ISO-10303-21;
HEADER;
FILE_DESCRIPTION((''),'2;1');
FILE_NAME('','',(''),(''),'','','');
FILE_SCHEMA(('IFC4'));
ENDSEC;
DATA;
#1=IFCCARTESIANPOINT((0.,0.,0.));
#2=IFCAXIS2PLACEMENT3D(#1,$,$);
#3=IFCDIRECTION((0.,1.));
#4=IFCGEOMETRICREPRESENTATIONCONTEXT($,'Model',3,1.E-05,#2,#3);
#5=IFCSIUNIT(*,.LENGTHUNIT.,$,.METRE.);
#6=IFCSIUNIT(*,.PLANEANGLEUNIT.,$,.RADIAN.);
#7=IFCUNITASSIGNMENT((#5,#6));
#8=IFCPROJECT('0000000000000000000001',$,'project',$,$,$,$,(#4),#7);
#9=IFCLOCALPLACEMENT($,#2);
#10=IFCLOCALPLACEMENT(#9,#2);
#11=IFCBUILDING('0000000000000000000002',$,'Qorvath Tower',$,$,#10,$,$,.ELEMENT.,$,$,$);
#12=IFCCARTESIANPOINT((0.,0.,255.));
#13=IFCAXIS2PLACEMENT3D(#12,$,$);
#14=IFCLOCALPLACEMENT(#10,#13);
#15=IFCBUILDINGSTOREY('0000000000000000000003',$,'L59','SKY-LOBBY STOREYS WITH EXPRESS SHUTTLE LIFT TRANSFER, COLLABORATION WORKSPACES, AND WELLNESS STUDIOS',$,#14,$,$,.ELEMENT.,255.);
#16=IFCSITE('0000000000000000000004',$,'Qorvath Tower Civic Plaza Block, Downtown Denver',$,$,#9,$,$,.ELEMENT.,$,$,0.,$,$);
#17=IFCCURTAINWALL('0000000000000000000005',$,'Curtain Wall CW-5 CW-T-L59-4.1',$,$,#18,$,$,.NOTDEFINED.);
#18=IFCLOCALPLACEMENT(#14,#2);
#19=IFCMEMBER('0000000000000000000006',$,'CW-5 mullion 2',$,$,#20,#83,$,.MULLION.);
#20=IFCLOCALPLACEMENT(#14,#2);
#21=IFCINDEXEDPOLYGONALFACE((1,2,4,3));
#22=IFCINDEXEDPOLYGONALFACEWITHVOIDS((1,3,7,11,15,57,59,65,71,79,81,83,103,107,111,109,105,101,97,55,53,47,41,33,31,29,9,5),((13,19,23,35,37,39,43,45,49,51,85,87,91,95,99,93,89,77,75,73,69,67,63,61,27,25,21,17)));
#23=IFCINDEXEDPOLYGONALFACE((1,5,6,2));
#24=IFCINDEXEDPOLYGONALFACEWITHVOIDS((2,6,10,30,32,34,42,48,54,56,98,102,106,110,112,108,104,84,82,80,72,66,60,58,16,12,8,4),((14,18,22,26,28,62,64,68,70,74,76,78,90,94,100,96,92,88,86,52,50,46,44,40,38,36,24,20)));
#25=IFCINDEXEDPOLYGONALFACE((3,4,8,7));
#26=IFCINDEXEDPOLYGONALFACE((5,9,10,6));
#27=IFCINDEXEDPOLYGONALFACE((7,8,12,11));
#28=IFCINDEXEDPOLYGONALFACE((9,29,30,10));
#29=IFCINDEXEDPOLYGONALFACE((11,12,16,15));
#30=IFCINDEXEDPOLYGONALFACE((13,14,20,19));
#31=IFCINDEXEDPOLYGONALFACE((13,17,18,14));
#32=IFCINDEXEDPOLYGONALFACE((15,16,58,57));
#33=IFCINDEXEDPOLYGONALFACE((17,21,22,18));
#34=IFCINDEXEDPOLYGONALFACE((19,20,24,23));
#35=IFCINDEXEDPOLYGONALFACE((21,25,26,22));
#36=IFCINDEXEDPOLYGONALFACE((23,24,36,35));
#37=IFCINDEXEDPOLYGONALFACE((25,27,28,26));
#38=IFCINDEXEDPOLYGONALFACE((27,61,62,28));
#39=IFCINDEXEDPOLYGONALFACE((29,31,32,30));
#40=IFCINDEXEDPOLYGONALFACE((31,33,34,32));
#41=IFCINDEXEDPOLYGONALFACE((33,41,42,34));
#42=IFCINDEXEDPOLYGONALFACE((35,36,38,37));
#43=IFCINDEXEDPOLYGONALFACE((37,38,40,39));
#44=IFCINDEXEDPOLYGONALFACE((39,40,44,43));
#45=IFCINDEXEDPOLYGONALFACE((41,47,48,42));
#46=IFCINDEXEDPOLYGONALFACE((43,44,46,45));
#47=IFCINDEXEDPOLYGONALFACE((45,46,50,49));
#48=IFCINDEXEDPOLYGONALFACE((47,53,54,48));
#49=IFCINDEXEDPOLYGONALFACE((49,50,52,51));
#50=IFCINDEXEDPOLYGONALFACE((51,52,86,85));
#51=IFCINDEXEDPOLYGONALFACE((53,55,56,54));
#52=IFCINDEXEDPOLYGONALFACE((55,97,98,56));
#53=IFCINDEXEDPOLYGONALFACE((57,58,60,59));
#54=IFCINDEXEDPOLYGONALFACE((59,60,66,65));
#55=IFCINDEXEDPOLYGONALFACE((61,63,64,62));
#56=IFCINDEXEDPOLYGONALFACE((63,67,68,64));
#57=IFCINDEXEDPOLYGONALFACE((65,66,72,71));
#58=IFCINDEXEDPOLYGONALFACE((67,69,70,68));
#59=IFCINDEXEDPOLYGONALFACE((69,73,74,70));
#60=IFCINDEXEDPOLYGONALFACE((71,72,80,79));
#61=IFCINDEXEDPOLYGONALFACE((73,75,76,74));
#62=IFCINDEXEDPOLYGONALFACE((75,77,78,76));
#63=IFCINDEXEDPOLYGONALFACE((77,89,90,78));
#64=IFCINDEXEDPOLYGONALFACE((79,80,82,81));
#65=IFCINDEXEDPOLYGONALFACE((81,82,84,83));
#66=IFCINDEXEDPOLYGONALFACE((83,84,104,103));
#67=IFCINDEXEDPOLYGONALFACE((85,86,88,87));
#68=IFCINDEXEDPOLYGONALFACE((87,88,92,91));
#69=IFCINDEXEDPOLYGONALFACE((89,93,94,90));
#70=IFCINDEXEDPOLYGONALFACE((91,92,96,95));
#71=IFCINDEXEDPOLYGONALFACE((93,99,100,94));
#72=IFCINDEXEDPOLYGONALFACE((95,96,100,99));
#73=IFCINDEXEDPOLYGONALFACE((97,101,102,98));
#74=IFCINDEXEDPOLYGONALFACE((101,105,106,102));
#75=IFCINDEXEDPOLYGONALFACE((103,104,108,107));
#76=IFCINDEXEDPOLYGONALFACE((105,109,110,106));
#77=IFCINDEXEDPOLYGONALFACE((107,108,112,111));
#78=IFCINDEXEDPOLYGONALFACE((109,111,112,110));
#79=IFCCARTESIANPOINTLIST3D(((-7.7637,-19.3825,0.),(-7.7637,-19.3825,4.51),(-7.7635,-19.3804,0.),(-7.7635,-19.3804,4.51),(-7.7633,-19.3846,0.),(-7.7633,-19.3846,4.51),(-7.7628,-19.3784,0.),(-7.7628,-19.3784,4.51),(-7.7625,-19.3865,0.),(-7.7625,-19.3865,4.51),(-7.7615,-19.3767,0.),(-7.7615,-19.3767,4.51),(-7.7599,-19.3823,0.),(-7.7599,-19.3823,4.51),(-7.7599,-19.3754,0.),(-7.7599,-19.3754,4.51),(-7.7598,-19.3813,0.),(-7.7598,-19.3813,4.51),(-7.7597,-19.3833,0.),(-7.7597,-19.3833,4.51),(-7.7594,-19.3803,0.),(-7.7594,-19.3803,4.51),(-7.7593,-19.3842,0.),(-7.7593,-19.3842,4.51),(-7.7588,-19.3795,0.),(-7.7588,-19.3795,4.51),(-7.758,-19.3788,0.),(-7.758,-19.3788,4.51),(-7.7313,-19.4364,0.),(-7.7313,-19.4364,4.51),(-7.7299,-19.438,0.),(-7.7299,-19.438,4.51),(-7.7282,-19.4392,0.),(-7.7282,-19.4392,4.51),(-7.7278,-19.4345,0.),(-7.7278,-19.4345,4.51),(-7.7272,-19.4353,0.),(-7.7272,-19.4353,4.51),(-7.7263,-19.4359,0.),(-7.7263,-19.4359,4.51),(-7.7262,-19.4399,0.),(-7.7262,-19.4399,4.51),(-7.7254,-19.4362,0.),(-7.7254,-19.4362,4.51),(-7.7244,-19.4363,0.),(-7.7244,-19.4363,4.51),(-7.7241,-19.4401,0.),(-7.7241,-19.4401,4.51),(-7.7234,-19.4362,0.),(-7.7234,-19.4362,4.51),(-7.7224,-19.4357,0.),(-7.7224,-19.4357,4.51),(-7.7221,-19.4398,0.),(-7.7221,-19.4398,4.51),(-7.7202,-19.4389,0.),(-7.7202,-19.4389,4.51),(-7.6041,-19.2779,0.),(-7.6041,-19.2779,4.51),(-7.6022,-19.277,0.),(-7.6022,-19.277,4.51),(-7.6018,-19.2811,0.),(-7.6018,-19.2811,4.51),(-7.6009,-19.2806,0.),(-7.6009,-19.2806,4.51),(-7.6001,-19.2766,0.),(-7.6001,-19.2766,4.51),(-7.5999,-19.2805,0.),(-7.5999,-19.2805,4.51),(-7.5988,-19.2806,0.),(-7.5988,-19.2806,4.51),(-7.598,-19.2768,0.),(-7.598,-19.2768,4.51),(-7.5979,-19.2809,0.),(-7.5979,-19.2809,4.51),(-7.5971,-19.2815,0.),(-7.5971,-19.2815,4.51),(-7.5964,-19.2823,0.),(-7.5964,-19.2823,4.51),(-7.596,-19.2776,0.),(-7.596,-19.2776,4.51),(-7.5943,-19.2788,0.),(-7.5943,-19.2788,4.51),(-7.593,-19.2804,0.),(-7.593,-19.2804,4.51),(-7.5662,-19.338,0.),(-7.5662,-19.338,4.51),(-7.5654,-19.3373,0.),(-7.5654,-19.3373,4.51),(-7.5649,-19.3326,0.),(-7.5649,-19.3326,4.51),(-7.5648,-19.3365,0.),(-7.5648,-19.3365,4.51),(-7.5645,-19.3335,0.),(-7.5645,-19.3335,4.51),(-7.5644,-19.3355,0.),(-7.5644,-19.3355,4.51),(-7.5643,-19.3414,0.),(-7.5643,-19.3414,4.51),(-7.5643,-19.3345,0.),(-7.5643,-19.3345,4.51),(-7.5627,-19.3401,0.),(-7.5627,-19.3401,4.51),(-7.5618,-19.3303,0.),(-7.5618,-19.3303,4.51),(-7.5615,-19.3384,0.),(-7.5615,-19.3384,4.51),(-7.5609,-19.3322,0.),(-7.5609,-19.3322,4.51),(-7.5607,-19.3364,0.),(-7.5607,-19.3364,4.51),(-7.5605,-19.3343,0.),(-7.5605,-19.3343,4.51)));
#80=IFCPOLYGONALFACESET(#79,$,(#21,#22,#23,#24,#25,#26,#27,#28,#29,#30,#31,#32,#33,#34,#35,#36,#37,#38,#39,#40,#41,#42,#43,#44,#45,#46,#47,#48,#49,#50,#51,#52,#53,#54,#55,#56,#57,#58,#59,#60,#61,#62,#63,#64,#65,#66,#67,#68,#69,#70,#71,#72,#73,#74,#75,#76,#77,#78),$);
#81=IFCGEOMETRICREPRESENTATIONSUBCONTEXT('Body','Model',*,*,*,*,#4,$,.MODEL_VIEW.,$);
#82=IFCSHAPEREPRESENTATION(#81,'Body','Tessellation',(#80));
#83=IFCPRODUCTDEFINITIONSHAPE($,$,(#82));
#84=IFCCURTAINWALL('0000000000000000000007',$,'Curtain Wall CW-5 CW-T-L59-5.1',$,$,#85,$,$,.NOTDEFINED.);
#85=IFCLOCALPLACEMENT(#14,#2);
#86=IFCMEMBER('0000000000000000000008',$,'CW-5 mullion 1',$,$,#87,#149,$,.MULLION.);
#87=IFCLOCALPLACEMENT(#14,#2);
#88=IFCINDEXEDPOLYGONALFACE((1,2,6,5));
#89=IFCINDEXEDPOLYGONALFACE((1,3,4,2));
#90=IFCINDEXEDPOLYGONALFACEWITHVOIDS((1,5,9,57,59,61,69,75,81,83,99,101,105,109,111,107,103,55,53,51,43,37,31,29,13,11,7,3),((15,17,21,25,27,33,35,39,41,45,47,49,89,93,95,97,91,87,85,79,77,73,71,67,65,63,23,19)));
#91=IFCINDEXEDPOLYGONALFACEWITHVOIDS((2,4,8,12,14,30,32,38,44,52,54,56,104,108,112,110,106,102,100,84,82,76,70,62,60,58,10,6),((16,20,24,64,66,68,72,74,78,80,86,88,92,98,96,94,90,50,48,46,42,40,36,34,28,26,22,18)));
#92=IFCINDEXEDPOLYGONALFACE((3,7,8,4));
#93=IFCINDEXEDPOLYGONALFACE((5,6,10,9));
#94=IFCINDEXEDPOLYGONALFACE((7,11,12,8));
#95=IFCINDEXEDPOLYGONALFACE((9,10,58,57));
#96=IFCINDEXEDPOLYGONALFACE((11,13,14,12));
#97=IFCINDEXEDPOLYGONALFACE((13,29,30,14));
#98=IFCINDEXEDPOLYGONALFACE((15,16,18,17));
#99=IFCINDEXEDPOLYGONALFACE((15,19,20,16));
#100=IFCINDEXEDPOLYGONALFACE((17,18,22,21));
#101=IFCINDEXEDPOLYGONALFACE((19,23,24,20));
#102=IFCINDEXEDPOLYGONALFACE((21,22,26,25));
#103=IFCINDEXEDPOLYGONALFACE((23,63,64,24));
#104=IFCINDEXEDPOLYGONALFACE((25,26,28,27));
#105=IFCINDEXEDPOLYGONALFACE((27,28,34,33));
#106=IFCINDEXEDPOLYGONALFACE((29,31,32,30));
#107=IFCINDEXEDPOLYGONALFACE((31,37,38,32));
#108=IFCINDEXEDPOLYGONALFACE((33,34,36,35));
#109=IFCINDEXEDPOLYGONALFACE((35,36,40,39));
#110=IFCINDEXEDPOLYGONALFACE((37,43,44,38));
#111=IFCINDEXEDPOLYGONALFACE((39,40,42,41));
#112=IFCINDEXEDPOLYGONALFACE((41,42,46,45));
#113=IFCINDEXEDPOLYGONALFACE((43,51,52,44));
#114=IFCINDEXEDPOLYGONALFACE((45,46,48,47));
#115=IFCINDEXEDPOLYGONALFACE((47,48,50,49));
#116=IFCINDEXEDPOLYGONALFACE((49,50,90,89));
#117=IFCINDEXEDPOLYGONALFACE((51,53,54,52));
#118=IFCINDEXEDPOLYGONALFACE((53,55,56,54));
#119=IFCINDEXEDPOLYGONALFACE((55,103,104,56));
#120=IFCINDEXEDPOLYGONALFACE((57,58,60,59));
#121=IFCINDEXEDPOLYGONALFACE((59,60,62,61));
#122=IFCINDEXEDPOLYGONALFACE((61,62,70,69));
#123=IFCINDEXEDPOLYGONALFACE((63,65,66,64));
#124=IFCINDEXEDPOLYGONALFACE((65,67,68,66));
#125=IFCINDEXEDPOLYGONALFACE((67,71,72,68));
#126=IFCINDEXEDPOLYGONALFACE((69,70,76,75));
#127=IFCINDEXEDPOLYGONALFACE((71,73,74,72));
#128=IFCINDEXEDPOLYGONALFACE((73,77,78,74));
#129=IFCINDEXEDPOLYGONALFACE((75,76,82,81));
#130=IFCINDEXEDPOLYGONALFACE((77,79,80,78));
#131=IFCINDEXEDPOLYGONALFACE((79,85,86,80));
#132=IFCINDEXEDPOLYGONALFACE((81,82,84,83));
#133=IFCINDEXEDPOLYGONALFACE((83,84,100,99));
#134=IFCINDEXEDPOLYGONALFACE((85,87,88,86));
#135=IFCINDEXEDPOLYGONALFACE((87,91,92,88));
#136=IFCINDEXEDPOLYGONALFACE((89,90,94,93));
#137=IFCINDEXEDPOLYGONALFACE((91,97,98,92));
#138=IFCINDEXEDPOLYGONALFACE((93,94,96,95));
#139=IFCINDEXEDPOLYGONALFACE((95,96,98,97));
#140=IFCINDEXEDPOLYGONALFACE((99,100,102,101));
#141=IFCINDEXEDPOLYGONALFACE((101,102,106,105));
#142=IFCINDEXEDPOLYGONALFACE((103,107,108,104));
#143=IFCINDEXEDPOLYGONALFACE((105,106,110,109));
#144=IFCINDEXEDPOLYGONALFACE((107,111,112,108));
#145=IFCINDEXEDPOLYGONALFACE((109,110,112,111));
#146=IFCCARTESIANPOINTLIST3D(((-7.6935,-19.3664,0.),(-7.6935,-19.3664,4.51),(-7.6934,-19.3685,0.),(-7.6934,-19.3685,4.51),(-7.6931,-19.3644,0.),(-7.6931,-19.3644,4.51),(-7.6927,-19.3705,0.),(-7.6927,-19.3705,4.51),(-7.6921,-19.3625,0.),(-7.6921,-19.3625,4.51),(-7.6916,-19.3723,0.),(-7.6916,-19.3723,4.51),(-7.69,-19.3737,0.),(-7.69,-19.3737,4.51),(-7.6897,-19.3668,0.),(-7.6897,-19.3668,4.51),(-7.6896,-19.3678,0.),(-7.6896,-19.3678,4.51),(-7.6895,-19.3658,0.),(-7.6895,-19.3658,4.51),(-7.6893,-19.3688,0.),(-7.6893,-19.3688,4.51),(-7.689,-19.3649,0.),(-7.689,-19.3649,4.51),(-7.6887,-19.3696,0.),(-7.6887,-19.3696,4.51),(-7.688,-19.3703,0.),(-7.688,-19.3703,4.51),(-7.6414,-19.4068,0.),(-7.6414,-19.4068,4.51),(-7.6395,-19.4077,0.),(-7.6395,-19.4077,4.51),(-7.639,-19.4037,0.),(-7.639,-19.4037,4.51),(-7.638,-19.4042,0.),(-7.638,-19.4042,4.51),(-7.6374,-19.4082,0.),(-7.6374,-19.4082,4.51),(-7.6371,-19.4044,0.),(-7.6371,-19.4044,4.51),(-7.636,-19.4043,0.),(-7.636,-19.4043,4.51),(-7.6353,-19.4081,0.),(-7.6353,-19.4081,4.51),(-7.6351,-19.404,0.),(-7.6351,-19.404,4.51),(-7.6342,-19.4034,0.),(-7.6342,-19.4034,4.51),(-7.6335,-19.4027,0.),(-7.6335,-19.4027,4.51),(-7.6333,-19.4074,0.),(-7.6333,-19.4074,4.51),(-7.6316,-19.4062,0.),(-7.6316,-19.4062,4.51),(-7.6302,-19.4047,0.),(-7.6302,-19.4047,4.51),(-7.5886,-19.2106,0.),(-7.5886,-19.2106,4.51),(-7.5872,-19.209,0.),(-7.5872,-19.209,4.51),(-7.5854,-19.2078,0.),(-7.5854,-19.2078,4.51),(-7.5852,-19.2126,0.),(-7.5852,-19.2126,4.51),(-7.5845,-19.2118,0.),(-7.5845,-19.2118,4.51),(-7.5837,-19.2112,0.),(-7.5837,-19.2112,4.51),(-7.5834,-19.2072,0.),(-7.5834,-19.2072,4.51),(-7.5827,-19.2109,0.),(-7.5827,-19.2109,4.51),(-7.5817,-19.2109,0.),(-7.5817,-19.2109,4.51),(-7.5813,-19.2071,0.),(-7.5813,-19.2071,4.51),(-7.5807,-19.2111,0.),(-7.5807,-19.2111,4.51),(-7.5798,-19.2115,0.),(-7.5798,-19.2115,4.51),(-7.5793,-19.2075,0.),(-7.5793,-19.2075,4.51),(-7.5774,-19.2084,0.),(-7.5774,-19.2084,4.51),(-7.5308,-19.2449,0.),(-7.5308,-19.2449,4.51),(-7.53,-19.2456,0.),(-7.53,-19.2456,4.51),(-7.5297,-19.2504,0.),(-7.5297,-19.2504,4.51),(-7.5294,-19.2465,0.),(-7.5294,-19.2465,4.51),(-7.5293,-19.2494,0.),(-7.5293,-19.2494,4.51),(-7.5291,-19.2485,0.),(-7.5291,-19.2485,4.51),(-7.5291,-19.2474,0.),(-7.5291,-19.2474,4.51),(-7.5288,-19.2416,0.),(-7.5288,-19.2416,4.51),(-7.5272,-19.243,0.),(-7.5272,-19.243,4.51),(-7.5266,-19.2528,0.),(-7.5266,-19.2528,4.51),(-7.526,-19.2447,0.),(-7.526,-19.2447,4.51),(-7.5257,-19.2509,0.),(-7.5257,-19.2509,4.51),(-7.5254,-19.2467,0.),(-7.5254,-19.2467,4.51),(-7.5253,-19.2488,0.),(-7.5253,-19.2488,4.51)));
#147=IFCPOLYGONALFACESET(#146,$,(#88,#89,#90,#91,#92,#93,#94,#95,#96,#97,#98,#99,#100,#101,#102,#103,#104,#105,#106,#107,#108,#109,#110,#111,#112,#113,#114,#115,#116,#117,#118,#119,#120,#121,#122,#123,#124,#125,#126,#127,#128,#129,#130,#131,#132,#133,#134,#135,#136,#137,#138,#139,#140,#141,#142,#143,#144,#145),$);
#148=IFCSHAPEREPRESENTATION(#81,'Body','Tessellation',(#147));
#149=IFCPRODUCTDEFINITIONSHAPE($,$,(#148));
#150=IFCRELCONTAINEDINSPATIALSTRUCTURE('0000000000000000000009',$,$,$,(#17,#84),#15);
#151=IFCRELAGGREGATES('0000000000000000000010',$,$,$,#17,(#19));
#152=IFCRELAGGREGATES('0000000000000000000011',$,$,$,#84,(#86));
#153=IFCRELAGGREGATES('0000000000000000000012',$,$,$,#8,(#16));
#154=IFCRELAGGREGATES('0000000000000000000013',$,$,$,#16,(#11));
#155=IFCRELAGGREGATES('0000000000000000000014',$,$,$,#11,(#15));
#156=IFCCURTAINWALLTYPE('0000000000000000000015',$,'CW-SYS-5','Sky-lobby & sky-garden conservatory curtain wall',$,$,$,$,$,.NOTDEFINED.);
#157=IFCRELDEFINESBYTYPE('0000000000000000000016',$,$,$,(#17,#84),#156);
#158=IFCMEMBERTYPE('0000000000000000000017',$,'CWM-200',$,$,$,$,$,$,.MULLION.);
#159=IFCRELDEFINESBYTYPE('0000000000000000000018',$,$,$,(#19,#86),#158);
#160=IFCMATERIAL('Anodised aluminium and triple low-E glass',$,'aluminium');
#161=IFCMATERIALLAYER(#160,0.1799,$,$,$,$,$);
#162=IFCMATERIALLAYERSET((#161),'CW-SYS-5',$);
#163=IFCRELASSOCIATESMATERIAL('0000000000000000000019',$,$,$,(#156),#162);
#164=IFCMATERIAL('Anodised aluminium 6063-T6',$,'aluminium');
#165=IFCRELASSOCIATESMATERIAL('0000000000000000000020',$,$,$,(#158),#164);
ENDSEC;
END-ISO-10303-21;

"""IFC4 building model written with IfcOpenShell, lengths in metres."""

from ifc_helpers import new_model, si_unit, direction, frame, origin, origin_2d, place, context, subcontext, project, spatial, hollow_rectangle, extrude, material, layer, layer_set, material_profile, profile_set, type_object, element, aggregate, save


model = new_model("IFC4")

# Units and contexts
model_context = context("Model", 3, precision=1e-05, world=origin(), true_north=direction((0.0, 1.0)))
body_context = subcontext(model_context, "Body", "Model", "MODEL_VIEW")
ifc_project = project(units=[si_unit("LENGTHUNIT", "METRE"), si_unit("PLANEANGLEUNIT", "RADIAN")], contexts=[model_context])

# Site, building, storey
site_placement = place(None, origin())
site = spatial("IfcSite", under=ifc_project, at=site_placement, Name="Qorvath Tower Civic Plaza Block, Downtown Denver", CompositionType="ELEMENT", RefElevation=0.0)
building_placement = place(site_placement, origin())
building = spatial("IfcBuilding", under=site, at=building_placement, Name="Qorvath Tower", CompositionType="ELEMENT")
storey_placement = place(building_placement, frame((0.0, 0.0, 255.0)))
storey = spatial("IfcBuildingStorey", under=building, at=storey_placement, Name="L59", Description="SKY-LOBBY STOREYS WITH EXPRESS SHUTTLE LIFT TRANSFER, COLLABORATION WORKSPACES, AND WELLNESS STUDIOS", CompositionType="ELEMENT", Elevation=255.0)

# Curtain wall, member
ifc_material_1 = material(Name="Anodised aluminium and triple low-E glass", Category="aluminium")
ifc_layer_1 = layer(ifc_material_1, 0.1799)
ifc_layer_set_1 = layer_set([ifc_layer_1], Name="CW-SYS-5")
curtain_wall_type = type_object("IfcCurtainWallType", Name="CW-SYS-5", Description="Sky-lobby & sky-garden conservatory curtain wall", PredefinedType="NOTDEFINED", material=ifc_layer_set_1)
curtain_wall_1_placement = place(storey_placement, origin())
curtain_wall_1 = element("IfcCurtainWall", 1, at=curtain_wall_1_placement, inside=storey, type_object=curtain_wall_type, Name="Curtain Wall CW-5 CW-T-L59-4.1", PredefinedType="NOTDEFINED")
ifc_material_2 = material(Name="Anodised aluminium 6063-T6", Category="aluminium")
ifc_material_profile_1 = material_profile(ifc_material_2, hollow_rectangle(XDim=0.075, YDim=0.2, WallThickness=0.0039, InnerFilletRadius=0.0039, OuterFilletRadius=0.0081, at=origin_2d()), Name="CWM 200x75")
ifc_profile_set_1 = profile_set([ifc_material_profile_1], Name="Anodised aluminium 6063-T6")
member_type_1 = type_object("IfcMemberType", Name="CWM-200", PredefinedType="MULLION", material=ifc_profile_set_1)
member_1_placement = place(storey_placement, frame((-7.6621, -19.3584, 0.0), z_axis=(0.0, 0.0, 1.0), x_axis=(-0.530464, 0.847707, 0.0)))
member_1 = element("IfcMember", 2, at=member_1_placement, type_object=member_type_1, Name="CW-5 mullion 2", PredefinedType="MULLION", context=body_context, shape_type="SweptSolid", body=[
    extrude(hollow_rectangle(XDim=0.075, YDim=0.2, WallThickness=0.0039, InnerFilletRadius=0.0039, OuterFilletRadius=0.0081, at=origin_2d()), origin(), (0.0, 0.0, 1.0), 4.51),
])

# Curtain wall, member
curtain_wall_2_placement = place(storey_placement, origin())
curtain_wall_2 = element("IfcCurtainWall", 3, at=curtain_wall_2_placement, inside=storey, type_object=curtain_wall_type, Name="Curtain Wall CW-5 CW-T-L59-5.1", PredefinedType="NOTDEFINED")
member_2_placement = place(storey_placement, frame((-7.6094, -19.3076, 0.0), z_axis=(0.0, 0.0, 1.0), x_axis=(-0.826379, 0.563115, 0.0)))
member_2 = element("IfcMember", 4, at=member_2_placement, type_object=member_type_1, Name="CW-5 mullion 1", PredefinedType="MULLION", context=body_context, shape_type="SweptSolid", body=[
    extrude(hollow_rectangle(XDim=0.075, YDim=0.2, WallThickness=0.0039, InnerFilletRadius=0.0039, OuterFilletRadius=0.0081, at=origin_2d()), origin(), (0.0, 0.0, 1.0), 4.51),
])

aggregate(curtain_wall_1, [member_1])
aggregate(curtain_wall_2, [member_2])

save(model, "model.ifc")
